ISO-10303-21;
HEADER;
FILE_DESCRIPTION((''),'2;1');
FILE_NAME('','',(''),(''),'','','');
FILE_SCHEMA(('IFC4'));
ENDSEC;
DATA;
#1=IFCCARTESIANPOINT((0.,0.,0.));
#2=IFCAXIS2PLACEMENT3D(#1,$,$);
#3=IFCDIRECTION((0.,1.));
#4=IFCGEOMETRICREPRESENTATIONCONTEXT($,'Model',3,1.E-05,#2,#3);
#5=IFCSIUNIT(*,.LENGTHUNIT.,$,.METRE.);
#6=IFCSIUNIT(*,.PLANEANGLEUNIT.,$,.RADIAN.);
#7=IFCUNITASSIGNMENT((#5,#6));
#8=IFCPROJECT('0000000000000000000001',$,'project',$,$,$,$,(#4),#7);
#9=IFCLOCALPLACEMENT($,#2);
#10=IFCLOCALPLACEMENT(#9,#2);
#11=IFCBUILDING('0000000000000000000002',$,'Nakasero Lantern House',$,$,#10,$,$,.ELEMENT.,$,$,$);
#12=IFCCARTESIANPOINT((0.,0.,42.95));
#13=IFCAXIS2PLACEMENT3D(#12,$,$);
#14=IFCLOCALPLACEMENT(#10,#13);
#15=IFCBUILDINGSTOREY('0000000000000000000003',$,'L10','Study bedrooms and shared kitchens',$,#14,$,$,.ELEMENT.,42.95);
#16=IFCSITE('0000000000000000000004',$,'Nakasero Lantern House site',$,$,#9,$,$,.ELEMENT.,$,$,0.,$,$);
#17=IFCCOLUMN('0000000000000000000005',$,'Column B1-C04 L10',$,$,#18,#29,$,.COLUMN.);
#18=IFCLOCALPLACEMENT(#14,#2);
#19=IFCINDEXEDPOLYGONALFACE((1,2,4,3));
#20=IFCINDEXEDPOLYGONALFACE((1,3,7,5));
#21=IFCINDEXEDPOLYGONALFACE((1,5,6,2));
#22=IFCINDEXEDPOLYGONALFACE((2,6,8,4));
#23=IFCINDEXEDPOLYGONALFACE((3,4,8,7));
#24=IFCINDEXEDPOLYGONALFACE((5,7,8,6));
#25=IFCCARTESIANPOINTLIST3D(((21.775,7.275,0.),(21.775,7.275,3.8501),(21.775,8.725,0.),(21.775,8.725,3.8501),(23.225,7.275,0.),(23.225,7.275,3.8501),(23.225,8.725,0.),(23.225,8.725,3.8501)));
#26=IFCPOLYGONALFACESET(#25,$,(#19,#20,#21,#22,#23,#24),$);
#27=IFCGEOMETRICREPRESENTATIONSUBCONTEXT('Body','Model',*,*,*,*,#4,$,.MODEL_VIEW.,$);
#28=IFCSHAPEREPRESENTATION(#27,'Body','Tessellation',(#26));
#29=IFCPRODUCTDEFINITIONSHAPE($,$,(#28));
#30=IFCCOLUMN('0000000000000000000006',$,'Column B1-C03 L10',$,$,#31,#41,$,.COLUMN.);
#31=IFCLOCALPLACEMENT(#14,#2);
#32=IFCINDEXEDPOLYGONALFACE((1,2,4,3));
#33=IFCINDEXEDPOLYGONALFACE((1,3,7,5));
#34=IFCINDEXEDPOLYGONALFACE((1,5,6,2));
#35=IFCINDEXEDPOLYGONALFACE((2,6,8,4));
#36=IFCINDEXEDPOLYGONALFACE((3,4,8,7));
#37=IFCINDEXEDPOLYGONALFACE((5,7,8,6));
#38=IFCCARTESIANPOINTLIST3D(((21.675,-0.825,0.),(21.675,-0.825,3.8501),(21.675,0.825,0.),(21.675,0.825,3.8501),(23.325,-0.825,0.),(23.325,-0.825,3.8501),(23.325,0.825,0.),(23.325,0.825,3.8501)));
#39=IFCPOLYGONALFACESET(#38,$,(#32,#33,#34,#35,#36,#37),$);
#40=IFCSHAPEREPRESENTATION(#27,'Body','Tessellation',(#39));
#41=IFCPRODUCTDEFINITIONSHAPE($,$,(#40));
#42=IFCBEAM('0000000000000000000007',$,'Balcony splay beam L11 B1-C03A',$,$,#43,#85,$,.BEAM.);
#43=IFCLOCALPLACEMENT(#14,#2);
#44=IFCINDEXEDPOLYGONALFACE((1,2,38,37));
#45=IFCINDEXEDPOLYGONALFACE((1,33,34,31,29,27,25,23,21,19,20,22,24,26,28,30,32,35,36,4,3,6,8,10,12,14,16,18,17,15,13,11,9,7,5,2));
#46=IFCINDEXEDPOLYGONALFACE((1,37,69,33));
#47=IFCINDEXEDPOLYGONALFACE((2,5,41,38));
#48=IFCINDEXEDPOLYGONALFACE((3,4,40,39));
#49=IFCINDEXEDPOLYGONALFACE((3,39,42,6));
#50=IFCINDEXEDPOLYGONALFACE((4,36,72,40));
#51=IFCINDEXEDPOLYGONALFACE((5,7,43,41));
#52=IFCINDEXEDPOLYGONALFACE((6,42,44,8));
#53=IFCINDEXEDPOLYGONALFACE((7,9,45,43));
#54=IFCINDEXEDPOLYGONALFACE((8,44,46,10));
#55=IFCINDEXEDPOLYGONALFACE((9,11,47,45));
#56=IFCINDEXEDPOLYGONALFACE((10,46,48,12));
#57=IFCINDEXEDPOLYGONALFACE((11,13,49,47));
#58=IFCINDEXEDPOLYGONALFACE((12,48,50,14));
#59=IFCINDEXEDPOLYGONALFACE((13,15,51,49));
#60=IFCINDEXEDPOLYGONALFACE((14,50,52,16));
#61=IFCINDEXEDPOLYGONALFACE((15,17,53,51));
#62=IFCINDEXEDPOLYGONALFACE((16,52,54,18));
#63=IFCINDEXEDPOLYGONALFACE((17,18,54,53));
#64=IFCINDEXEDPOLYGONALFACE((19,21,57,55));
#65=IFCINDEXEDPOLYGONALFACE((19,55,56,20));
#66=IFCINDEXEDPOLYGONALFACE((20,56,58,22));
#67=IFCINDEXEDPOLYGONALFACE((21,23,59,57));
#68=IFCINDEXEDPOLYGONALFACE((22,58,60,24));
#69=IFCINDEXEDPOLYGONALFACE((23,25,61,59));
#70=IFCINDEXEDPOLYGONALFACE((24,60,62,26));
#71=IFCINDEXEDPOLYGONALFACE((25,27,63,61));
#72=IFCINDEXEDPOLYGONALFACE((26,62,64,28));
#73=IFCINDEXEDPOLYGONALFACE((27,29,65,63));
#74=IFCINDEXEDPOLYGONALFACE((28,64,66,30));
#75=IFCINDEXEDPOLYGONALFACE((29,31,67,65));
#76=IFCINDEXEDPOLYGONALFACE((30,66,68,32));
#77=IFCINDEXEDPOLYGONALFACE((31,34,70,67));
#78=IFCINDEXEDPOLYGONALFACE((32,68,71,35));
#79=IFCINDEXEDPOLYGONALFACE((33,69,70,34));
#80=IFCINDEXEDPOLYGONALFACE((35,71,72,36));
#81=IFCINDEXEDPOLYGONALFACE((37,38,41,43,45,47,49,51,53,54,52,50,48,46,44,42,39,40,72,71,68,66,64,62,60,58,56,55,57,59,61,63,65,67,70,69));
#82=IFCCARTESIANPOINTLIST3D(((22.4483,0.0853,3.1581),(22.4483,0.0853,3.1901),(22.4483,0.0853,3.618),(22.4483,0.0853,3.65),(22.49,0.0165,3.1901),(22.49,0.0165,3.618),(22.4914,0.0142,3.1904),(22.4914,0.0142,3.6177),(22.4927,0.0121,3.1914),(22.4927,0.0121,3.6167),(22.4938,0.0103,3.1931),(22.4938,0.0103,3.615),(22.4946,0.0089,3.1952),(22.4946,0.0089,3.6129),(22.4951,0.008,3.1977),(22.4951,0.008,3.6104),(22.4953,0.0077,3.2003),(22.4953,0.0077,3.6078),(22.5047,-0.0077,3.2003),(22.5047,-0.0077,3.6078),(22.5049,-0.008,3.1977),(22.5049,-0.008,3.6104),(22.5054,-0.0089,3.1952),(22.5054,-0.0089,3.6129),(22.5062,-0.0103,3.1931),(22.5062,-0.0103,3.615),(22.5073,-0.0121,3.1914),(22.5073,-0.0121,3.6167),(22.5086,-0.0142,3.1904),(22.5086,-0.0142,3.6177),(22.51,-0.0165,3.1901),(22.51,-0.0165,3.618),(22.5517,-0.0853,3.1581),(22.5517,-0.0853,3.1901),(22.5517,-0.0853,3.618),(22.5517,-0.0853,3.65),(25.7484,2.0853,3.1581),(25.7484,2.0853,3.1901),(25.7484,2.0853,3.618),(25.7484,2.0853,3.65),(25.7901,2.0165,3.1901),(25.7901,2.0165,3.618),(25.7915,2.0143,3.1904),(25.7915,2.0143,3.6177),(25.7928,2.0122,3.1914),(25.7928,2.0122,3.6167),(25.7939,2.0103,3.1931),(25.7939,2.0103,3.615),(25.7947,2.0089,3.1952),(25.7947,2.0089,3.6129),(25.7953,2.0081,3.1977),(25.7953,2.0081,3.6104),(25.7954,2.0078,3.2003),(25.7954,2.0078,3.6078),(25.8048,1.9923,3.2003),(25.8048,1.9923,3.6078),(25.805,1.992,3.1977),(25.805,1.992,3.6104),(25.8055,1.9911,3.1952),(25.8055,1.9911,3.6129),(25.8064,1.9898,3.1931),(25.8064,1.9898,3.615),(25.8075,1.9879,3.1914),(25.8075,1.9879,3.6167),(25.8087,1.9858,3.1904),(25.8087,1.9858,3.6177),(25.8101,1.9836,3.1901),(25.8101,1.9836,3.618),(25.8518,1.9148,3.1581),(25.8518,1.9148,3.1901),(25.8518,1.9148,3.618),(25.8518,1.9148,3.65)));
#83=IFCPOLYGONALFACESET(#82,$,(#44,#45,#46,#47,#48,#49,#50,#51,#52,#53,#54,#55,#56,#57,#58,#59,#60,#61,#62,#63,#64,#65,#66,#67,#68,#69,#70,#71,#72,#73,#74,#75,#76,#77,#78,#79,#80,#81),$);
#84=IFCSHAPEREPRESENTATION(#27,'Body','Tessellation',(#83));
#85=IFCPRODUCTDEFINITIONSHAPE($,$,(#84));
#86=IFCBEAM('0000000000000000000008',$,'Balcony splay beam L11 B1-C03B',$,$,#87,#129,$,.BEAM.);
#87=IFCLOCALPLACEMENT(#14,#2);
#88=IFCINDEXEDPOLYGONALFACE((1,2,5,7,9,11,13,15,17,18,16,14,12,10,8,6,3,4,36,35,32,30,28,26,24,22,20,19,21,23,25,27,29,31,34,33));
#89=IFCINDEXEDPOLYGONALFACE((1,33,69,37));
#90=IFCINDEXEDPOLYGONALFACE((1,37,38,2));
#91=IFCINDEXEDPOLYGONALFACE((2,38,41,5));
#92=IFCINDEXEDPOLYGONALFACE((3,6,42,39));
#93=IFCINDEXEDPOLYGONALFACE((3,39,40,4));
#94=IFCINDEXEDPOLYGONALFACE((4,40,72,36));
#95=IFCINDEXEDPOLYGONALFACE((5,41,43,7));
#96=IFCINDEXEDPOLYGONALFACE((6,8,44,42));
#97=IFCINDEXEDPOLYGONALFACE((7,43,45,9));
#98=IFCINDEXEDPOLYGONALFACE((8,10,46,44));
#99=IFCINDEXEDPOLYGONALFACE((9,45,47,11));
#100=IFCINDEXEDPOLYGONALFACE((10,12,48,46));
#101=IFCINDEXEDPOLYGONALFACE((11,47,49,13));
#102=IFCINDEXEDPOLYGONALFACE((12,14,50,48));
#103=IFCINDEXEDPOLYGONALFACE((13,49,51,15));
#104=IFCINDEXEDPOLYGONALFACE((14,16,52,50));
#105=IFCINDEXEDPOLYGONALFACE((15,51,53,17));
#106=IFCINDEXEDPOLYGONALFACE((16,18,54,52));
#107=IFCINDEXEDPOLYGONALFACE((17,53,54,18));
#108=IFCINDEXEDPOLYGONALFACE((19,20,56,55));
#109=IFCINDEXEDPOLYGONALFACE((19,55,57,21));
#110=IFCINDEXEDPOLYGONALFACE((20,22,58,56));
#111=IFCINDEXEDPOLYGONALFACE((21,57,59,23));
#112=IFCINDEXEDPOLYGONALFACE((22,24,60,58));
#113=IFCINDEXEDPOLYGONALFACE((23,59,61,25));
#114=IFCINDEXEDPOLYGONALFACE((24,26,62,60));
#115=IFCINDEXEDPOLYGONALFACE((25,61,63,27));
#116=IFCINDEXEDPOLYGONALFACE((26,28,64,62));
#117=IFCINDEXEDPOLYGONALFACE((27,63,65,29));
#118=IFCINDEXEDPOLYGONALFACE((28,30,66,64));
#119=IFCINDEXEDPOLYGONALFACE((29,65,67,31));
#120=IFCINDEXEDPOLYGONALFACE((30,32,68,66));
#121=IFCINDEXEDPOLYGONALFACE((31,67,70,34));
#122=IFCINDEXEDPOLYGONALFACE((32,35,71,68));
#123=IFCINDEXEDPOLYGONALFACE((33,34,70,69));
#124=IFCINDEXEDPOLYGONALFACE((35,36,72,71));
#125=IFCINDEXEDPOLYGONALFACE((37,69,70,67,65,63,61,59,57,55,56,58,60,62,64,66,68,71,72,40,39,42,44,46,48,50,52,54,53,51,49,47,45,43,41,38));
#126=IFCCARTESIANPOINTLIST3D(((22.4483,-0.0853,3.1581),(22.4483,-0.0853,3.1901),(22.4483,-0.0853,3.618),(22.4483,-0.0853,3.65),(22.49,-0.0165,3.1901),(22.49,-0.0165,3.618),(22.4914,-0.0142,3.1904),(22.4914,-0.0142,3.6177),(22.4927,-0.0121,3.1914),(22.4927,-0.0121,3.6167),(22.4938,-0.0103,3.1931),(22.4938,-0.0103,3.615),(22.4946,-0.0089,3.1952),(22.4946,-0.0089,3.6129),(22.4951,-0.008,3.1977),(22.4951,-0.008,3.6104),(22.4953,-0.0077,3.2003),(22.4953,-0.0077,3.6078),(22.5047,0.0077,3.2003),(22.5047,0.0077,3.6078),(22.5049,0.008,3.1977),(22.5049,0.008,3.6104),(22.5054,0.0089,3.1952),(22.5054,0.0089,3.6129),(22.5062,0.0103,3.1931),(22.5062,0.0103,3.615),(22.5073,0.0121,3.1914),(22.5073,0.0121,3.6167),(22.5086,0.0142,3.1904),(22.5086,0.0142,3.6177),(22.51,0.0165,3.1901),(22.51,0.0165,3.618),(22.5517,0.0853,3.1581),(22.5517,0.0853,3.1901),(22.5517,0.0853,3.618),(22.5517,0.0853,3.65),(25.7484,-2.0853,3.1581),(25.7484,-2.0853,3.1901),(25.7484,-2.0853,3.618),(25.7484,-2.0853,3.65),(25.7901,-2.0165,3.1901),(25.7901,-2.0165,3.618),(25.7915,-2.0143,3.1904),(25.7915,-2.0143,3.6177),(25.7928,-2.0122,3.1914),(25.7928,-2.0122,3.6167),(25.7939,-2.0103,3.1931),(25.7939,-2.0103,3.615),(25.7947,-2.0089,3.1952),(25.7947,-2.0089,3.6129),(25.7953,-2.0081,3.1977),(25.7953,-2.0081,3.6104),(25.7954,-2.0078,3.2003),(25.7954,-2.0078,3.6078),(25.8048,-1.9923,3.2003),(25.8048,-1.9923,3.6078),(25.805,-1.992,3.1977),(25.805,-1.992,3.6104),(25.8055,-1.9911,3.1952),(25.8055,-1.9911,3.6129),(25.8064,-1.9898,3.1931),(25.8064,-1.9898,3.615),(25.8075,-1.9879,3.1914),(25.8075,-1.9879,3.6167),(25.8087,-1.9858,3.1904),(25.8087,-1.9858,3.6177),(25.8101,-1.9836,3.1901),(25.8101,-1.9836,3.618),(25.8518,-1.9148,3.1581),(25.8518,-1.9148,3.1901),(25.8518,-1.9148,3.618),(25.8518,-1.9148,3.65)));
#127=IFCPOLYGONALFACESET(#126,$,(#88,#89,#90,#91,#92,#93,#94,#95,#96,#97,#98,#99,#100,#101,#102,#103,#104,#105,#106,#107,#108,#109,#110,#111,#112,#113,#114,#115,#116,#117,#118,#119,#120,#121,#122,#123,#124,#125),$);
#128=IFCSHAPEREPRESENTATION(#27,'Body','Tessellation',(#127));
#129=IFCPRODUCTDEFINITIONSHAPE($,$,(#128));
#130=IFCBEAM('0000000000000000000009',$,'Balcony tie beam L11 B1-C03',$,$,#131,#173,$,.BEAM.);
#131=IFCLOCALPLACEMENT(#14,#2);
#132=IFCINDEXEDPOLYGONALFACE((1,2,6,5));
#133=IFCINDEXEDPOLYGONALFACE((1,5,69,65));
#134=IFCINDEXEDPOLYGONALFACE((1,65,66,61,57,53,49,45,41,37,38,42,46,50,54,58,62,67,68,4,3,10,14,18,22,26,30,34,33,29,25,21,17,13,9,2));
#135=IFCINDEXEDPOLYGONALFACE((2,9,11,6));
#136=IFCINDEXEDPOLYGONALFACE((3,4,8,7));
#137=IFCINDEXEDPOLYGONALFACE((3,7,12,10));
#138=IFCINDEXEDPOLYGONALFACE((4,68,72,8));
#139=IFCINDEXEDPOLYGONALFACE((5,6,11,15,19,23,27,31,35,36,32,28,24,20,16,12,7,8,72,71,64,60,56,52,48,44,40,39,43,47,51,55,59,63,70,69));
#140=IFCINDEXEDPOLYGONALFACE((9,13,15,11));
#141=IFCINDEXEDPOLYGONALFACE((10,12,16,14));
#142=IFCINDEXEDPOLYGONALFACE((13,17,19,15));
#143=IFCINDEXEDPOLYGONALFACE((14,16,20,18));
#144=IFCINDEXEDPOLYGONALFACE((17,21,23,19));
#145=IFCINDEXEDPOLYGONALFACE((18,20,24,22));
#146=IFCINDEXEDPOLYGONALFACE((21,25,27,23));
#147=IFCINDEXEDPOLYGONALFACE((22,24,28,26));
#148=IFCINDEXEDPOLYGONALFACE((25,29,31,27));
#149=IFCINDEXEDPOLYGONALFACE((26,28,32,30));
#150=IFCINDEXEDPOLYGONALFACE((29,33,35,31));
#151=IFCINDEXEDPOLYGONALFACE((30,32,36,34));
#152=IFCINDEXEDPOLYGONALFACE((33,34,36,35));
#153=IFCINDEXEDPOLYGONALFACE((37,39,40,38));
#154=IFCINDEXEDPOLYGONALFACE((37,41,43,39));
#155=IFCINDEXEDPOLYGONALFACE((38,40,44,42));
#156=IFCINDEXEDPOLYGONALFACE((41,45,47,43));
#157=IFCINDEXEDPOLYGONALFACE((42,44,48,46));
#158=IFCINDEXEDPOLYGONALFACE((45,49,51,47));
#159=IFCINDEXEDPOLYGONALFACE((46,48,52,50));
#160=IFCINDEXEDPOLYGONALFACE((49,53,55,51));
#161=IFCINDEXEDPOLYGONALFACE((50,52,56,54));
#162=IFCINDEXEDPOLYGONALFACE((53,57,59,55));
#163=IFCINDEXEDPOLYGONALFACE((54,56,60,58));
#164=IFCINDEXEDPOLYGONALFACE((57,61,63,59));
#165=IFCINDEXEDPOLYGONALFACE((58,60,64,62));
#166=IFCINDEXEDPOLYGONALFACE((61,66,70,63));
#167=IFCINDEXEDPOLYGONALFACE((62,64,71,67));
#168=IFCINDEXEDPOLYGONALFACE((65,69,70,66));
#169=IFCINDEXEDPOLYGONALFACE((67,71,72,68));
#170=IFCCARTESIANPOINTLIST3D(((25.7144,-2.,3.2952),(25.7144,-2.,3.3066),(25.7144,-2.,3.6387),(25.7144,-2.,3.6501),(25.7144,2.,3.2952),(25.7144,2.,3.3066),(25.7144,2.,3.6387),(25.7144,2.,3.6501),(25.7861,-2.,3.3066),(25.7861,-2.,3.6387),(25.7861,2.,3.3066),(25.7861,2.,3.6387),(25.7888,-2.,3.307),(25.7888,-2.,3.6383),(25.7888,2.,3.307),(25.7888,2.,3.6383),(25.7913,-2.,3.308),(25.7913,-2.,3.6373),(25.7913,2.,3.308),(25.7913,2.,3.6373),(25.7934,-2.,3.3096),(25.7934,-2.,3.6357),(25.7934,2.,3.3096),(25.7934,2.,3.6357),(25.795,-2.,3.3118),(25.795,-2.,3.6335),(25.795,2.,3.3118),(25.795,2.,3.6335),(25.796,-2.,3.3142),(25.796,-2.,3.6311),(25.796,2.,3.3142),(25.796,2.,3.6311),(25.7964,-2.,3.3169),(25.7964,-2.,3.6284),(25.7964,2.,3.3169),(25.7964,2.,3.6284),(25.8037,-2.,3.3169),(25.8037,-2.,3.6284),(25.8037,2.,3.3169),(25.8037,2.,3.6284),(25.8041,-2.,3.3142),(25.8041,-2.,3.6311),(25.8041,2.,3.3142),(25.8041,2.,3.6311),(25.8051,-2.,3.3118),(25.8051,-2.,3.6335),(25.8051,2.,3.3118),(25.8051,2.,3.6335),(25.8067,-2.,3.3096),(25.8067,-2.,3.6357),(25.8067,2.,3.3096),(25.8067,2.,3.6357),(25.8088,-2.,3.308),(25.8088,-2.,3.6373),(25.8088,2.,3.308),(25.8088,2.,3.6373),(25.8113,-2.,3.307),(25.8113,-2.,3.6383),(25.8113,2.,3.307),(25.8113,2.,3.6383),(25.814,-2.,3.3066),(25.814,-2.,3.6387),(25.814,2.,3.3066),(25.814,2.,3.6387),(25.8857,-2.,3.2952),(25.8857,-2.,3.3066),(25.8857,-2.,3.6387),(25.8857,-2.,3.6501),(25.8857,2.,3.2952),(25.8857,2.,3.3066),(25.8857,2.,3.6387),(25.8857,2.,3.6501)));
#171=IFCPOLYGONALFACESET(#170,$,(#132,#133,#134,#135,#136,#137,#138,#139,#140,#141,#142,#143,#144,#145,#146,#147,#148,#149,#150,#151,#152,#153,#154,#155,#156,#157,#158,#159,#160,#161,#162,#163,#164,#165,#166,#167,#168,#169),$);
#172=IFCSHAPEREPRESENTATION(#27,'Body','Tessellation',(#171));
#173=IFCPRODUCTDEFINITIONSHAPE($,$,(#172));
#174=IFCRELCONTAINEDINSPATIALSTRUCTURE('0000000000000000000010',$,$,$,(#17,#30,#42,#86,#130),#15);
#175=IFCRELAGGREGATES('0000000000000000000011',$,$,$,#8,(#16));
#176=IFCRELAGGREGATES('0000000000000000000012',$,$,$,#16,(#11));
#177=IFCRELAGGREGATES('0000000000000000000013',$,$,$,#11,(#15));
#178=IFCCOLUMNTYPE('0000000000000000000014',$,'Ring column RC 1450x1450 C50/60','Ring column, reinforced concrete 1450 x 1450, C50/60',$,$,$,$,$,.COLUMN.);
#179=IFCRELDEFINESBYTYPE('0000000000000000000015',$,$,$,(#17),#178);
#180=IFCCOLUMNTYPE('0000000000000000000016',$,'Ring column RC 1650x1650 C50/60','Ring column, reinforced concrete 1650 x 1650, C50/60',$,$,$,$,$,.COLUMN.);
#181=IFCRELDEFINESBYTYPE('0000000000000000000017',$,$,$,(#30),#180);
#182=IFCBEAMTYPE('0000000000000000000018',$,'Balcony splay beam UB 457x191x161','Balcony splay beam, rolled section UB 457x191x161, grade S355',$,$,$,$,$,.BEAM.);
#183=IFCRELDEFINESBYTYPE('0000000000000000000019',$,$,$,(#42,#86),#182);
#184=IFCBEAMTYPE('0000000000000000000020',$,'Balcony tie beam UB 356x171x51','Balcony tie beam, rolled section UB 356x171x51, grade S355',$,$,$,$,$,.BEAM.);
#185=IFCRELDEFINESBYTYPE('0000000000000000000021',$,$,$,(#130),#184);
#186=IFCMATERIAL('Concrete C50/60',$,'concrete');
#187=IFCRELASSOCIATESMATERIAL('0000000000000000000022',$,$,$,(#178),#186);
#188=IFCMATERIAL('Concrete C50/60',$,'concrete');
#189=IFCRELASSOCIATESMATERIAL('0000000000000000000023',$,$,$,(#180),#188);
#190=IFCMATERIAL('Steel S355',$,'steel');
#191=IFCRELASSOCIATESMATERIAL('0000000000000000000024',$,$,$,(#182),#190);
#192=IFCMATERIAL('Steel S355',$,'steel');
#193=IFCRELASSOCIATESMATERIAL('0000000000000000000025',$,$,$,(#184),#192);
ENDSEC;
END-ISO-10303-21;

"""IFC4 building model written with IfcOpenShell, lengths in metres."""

from ifc_helpers import new_model, si_unit, direction, frame, origin, origin_2d, place, context, subcontext, project, spatial, rectangle, i_section, extrude, material, material_profile, profile_set, type_object, element, save


model = new_model("IFC4")

# Units and contexts
model_context = context("Model", 3, precision=1e-05, world=origin(), true_north=direction((0.0, 1.0)))
body_context = subcontext(model_context, "Body", "Model", "MODEL_VIEW")
ifc_project = project(units=[si_unit("LENGTHUNIT", "METRE"), si_unit("PLANEANGLEUNIT", "RADIAN")], contexts=[model_context])

# Site, building, storey
site_placement = place(None, origin())
site = spatial("IfcSite", under=ifc_project, at=site_placement, Name="Nakasero Lantern House site", CompositionType="ELEMENT", RefElevation=0.0)
building_placement = place(site_placement, origin())
building = spatial("IfcBuilding", under=site, at=building_placement, Name="Nakasero Lantern House", CompositionType="ELEMENT")
storey_placement = place(building_placement, frame((0.0, 0.0, 42.95)))
storey = spatial("IfcBuildingStorey", under=building, at=storey_placement, Name="L10", Description="Study bedrooms and shared kitchens", CompositionType="ELEMENT", Elevation=42.95)

# Columns
ifc_material_1 = material(Name="Concrete C50/60", Category="concrete")
ifc_material_profile_1 = material_profile(ifc_material_1, rectangle(XDim=1.45, YDim=1.45, at=origin_2d()), Name="RC 1450x1450")
ifc_profile_set_1 = profile_set([ifc_material_profile_1], Name="Concrete C50/60")
column_type_1 = type_object("IfcColumnType", Name="Ring column RC 1450x1450 C50/60", Description="Ring column, reinforced concrete 1450 x 1450, C50/60", PredefinedType="COLUMN", material=ifc_profile_set_1)
column_1_placement = place(storey_placement, frame((22.5, 8.0, 0.0), z_axis=(0.0, 0.0, 1.0), x_axis=(1.0, 0.0, 0.0)))
element("IfcColumn", 1, at=column_1_placement, inside=storey, type_object=column_type_1, Name="Column B1-C04 L10", PredefinedType="COLUMN", context=body_context, shape_type="SweptSolid", body=[
    extrude(rectangle(XDim=1.45, YDim=1.45, at=origin_2d()), origin(), (0.0, 0.0, 1.0), 3.8501),
])
ifc_material_2 = material(Name="Concrete C50/60", Category="concrete")
ifc_material_profile_2 = material_profile(ifc_material_2, rectangle(XDim=1.6499, YDim=1.6499, at=origin_2d()), Name="RC 1650x1650")
ifc_profile_set_2 = profile_set([ifc_material_profile_2], Name="Concrete C50/60")
column_type_2 = type_object("IfcColumnType", Name="Ring column RC 1650x1650 C50/60", Description="Ring column, reinforced concrete 1650 x 1650, C50/60", PredefinedType="COLUMN", material=ifc_profile_set_2)
column_2_placement = place(storey_placement, frame((22.5, 0.0, 0.0), z_axis=(0.0, 0.0, 1.0), x_axis=(1.0, 0.0, 0.0)))
element("IfcColumn", 2, at=column_2_placement, inside=storey, type_object=column_type_2, Name="Column B1-C03 L10", PredefinedType="COLUMN", context=body_context, shape_type="SweptSolid", body=[
    extrude(rectangle(XDim=1.6499, YDim=1.6499, at=origin_2d()), origin(), (0.0, 0.0, 1.0), 3.8501),
])

# Beams
ifc_material_3 = material(Name="Steel S355", Category="steel")
ifc_material_profile_3 = material_profile(ifc_material_3, i_section(OverallWidth=0.1995, OverallDepth=0.4919, WebThickness=0.0181, FlangeThickness=0.032, FilletRadius=0.0103, at=origin_2d()), Name="UB 457x191x161")
ifc_profile_set_3 = profile_set([ifc_material_profile_3], Name="Steel S355")
beam_type_1 = type_object("IfcBeamType", Name="Balcony splay beam UB 457x191x161", Description="Balcony splay beam, rolled section UB 457x191x161, grade S355", PredefinedType="BEAM", material=ifc_profile_set_3)
for number, where, z_axis, x_axis, name in (
    (3, (22.5, 0.0, 3.4041), (0.855201, 0.518296, 0.0), (-0.518296, 0.855201, 0.0), "Balcony splay beam L11 B1-C03A"),
    (4, (22.5, 0.0, 3.4041), (0.855201, -0.518296, 0.0), (0.518296, 0.855201, 0.0), "Balcony splay beam L11 B1-C03B"),
):
    element("IfcBeam", number, at=place(storey_placement, frame(where, z_axis=z_axis, x_axis=x_axis)), inside=storey, type_object=beam_type_1, Name=name, PredefinedType="BEAM", context=body_context, shape_type="SweptSolid", body=[
        extrude(i_section(OverallWidth=0.1995, OverallDepth=0.4919, WebThickness=0.0181, FlangeThickness=0.032, FilletRadius=0.0103, at=origin_2d()), origin(), (0.0, 0.0, 1.0), 3.8589),
    ])
ifc_material_4 = material(Name="Steel S355", Category="steel")
ifc_material_profile_4 = material_profile(ifc_material_4, i_section(OverallWidth=0.1714, OverallDepth=0.355, WebThickness=0.0073, FlangeThickness=0.0115, FilletRadius=0.0103, at=origin_2d()), Name="UB 356x171x51")
ifc_profile_set_4 = profile_set([ifc_material_profile_4], Name="Steel S355")
beam_type_2 = type_object("IfcBeamType", Name="Balcony tie beam UB 356x171x51", Description="Balcony tie beam, rolled section UB 356x171x51, grade S355", PredefinedType="BEAM", material=ifc_profile_set_4)
beam_1_placement = place(storey_placement, frame((25.8, 2.0, 3.4727), z_axis=(0.0, -1.0, 0.0), x_axis=(1.0, 0.0, 0.0)))
element("IfcBeam", 5, at=beam_1_placement, inside=storey, type_object=beam_type_2, Name="Balcony tie beam L11 B1-C03", PredefinedType="BEAM", context=body_context, shape_type="SweptSolid", body=[
    extrude(i_section(OverallWidth=0.1714, OverallDepth=0.355, WebThickness=0.0073, FlangeThickness=0.0115, FilletRadius=0.0103, at=origin_2d()), origin(), (0.0, 0.0, 1.0), 4.0),
])

save(model, "model.ifc")
